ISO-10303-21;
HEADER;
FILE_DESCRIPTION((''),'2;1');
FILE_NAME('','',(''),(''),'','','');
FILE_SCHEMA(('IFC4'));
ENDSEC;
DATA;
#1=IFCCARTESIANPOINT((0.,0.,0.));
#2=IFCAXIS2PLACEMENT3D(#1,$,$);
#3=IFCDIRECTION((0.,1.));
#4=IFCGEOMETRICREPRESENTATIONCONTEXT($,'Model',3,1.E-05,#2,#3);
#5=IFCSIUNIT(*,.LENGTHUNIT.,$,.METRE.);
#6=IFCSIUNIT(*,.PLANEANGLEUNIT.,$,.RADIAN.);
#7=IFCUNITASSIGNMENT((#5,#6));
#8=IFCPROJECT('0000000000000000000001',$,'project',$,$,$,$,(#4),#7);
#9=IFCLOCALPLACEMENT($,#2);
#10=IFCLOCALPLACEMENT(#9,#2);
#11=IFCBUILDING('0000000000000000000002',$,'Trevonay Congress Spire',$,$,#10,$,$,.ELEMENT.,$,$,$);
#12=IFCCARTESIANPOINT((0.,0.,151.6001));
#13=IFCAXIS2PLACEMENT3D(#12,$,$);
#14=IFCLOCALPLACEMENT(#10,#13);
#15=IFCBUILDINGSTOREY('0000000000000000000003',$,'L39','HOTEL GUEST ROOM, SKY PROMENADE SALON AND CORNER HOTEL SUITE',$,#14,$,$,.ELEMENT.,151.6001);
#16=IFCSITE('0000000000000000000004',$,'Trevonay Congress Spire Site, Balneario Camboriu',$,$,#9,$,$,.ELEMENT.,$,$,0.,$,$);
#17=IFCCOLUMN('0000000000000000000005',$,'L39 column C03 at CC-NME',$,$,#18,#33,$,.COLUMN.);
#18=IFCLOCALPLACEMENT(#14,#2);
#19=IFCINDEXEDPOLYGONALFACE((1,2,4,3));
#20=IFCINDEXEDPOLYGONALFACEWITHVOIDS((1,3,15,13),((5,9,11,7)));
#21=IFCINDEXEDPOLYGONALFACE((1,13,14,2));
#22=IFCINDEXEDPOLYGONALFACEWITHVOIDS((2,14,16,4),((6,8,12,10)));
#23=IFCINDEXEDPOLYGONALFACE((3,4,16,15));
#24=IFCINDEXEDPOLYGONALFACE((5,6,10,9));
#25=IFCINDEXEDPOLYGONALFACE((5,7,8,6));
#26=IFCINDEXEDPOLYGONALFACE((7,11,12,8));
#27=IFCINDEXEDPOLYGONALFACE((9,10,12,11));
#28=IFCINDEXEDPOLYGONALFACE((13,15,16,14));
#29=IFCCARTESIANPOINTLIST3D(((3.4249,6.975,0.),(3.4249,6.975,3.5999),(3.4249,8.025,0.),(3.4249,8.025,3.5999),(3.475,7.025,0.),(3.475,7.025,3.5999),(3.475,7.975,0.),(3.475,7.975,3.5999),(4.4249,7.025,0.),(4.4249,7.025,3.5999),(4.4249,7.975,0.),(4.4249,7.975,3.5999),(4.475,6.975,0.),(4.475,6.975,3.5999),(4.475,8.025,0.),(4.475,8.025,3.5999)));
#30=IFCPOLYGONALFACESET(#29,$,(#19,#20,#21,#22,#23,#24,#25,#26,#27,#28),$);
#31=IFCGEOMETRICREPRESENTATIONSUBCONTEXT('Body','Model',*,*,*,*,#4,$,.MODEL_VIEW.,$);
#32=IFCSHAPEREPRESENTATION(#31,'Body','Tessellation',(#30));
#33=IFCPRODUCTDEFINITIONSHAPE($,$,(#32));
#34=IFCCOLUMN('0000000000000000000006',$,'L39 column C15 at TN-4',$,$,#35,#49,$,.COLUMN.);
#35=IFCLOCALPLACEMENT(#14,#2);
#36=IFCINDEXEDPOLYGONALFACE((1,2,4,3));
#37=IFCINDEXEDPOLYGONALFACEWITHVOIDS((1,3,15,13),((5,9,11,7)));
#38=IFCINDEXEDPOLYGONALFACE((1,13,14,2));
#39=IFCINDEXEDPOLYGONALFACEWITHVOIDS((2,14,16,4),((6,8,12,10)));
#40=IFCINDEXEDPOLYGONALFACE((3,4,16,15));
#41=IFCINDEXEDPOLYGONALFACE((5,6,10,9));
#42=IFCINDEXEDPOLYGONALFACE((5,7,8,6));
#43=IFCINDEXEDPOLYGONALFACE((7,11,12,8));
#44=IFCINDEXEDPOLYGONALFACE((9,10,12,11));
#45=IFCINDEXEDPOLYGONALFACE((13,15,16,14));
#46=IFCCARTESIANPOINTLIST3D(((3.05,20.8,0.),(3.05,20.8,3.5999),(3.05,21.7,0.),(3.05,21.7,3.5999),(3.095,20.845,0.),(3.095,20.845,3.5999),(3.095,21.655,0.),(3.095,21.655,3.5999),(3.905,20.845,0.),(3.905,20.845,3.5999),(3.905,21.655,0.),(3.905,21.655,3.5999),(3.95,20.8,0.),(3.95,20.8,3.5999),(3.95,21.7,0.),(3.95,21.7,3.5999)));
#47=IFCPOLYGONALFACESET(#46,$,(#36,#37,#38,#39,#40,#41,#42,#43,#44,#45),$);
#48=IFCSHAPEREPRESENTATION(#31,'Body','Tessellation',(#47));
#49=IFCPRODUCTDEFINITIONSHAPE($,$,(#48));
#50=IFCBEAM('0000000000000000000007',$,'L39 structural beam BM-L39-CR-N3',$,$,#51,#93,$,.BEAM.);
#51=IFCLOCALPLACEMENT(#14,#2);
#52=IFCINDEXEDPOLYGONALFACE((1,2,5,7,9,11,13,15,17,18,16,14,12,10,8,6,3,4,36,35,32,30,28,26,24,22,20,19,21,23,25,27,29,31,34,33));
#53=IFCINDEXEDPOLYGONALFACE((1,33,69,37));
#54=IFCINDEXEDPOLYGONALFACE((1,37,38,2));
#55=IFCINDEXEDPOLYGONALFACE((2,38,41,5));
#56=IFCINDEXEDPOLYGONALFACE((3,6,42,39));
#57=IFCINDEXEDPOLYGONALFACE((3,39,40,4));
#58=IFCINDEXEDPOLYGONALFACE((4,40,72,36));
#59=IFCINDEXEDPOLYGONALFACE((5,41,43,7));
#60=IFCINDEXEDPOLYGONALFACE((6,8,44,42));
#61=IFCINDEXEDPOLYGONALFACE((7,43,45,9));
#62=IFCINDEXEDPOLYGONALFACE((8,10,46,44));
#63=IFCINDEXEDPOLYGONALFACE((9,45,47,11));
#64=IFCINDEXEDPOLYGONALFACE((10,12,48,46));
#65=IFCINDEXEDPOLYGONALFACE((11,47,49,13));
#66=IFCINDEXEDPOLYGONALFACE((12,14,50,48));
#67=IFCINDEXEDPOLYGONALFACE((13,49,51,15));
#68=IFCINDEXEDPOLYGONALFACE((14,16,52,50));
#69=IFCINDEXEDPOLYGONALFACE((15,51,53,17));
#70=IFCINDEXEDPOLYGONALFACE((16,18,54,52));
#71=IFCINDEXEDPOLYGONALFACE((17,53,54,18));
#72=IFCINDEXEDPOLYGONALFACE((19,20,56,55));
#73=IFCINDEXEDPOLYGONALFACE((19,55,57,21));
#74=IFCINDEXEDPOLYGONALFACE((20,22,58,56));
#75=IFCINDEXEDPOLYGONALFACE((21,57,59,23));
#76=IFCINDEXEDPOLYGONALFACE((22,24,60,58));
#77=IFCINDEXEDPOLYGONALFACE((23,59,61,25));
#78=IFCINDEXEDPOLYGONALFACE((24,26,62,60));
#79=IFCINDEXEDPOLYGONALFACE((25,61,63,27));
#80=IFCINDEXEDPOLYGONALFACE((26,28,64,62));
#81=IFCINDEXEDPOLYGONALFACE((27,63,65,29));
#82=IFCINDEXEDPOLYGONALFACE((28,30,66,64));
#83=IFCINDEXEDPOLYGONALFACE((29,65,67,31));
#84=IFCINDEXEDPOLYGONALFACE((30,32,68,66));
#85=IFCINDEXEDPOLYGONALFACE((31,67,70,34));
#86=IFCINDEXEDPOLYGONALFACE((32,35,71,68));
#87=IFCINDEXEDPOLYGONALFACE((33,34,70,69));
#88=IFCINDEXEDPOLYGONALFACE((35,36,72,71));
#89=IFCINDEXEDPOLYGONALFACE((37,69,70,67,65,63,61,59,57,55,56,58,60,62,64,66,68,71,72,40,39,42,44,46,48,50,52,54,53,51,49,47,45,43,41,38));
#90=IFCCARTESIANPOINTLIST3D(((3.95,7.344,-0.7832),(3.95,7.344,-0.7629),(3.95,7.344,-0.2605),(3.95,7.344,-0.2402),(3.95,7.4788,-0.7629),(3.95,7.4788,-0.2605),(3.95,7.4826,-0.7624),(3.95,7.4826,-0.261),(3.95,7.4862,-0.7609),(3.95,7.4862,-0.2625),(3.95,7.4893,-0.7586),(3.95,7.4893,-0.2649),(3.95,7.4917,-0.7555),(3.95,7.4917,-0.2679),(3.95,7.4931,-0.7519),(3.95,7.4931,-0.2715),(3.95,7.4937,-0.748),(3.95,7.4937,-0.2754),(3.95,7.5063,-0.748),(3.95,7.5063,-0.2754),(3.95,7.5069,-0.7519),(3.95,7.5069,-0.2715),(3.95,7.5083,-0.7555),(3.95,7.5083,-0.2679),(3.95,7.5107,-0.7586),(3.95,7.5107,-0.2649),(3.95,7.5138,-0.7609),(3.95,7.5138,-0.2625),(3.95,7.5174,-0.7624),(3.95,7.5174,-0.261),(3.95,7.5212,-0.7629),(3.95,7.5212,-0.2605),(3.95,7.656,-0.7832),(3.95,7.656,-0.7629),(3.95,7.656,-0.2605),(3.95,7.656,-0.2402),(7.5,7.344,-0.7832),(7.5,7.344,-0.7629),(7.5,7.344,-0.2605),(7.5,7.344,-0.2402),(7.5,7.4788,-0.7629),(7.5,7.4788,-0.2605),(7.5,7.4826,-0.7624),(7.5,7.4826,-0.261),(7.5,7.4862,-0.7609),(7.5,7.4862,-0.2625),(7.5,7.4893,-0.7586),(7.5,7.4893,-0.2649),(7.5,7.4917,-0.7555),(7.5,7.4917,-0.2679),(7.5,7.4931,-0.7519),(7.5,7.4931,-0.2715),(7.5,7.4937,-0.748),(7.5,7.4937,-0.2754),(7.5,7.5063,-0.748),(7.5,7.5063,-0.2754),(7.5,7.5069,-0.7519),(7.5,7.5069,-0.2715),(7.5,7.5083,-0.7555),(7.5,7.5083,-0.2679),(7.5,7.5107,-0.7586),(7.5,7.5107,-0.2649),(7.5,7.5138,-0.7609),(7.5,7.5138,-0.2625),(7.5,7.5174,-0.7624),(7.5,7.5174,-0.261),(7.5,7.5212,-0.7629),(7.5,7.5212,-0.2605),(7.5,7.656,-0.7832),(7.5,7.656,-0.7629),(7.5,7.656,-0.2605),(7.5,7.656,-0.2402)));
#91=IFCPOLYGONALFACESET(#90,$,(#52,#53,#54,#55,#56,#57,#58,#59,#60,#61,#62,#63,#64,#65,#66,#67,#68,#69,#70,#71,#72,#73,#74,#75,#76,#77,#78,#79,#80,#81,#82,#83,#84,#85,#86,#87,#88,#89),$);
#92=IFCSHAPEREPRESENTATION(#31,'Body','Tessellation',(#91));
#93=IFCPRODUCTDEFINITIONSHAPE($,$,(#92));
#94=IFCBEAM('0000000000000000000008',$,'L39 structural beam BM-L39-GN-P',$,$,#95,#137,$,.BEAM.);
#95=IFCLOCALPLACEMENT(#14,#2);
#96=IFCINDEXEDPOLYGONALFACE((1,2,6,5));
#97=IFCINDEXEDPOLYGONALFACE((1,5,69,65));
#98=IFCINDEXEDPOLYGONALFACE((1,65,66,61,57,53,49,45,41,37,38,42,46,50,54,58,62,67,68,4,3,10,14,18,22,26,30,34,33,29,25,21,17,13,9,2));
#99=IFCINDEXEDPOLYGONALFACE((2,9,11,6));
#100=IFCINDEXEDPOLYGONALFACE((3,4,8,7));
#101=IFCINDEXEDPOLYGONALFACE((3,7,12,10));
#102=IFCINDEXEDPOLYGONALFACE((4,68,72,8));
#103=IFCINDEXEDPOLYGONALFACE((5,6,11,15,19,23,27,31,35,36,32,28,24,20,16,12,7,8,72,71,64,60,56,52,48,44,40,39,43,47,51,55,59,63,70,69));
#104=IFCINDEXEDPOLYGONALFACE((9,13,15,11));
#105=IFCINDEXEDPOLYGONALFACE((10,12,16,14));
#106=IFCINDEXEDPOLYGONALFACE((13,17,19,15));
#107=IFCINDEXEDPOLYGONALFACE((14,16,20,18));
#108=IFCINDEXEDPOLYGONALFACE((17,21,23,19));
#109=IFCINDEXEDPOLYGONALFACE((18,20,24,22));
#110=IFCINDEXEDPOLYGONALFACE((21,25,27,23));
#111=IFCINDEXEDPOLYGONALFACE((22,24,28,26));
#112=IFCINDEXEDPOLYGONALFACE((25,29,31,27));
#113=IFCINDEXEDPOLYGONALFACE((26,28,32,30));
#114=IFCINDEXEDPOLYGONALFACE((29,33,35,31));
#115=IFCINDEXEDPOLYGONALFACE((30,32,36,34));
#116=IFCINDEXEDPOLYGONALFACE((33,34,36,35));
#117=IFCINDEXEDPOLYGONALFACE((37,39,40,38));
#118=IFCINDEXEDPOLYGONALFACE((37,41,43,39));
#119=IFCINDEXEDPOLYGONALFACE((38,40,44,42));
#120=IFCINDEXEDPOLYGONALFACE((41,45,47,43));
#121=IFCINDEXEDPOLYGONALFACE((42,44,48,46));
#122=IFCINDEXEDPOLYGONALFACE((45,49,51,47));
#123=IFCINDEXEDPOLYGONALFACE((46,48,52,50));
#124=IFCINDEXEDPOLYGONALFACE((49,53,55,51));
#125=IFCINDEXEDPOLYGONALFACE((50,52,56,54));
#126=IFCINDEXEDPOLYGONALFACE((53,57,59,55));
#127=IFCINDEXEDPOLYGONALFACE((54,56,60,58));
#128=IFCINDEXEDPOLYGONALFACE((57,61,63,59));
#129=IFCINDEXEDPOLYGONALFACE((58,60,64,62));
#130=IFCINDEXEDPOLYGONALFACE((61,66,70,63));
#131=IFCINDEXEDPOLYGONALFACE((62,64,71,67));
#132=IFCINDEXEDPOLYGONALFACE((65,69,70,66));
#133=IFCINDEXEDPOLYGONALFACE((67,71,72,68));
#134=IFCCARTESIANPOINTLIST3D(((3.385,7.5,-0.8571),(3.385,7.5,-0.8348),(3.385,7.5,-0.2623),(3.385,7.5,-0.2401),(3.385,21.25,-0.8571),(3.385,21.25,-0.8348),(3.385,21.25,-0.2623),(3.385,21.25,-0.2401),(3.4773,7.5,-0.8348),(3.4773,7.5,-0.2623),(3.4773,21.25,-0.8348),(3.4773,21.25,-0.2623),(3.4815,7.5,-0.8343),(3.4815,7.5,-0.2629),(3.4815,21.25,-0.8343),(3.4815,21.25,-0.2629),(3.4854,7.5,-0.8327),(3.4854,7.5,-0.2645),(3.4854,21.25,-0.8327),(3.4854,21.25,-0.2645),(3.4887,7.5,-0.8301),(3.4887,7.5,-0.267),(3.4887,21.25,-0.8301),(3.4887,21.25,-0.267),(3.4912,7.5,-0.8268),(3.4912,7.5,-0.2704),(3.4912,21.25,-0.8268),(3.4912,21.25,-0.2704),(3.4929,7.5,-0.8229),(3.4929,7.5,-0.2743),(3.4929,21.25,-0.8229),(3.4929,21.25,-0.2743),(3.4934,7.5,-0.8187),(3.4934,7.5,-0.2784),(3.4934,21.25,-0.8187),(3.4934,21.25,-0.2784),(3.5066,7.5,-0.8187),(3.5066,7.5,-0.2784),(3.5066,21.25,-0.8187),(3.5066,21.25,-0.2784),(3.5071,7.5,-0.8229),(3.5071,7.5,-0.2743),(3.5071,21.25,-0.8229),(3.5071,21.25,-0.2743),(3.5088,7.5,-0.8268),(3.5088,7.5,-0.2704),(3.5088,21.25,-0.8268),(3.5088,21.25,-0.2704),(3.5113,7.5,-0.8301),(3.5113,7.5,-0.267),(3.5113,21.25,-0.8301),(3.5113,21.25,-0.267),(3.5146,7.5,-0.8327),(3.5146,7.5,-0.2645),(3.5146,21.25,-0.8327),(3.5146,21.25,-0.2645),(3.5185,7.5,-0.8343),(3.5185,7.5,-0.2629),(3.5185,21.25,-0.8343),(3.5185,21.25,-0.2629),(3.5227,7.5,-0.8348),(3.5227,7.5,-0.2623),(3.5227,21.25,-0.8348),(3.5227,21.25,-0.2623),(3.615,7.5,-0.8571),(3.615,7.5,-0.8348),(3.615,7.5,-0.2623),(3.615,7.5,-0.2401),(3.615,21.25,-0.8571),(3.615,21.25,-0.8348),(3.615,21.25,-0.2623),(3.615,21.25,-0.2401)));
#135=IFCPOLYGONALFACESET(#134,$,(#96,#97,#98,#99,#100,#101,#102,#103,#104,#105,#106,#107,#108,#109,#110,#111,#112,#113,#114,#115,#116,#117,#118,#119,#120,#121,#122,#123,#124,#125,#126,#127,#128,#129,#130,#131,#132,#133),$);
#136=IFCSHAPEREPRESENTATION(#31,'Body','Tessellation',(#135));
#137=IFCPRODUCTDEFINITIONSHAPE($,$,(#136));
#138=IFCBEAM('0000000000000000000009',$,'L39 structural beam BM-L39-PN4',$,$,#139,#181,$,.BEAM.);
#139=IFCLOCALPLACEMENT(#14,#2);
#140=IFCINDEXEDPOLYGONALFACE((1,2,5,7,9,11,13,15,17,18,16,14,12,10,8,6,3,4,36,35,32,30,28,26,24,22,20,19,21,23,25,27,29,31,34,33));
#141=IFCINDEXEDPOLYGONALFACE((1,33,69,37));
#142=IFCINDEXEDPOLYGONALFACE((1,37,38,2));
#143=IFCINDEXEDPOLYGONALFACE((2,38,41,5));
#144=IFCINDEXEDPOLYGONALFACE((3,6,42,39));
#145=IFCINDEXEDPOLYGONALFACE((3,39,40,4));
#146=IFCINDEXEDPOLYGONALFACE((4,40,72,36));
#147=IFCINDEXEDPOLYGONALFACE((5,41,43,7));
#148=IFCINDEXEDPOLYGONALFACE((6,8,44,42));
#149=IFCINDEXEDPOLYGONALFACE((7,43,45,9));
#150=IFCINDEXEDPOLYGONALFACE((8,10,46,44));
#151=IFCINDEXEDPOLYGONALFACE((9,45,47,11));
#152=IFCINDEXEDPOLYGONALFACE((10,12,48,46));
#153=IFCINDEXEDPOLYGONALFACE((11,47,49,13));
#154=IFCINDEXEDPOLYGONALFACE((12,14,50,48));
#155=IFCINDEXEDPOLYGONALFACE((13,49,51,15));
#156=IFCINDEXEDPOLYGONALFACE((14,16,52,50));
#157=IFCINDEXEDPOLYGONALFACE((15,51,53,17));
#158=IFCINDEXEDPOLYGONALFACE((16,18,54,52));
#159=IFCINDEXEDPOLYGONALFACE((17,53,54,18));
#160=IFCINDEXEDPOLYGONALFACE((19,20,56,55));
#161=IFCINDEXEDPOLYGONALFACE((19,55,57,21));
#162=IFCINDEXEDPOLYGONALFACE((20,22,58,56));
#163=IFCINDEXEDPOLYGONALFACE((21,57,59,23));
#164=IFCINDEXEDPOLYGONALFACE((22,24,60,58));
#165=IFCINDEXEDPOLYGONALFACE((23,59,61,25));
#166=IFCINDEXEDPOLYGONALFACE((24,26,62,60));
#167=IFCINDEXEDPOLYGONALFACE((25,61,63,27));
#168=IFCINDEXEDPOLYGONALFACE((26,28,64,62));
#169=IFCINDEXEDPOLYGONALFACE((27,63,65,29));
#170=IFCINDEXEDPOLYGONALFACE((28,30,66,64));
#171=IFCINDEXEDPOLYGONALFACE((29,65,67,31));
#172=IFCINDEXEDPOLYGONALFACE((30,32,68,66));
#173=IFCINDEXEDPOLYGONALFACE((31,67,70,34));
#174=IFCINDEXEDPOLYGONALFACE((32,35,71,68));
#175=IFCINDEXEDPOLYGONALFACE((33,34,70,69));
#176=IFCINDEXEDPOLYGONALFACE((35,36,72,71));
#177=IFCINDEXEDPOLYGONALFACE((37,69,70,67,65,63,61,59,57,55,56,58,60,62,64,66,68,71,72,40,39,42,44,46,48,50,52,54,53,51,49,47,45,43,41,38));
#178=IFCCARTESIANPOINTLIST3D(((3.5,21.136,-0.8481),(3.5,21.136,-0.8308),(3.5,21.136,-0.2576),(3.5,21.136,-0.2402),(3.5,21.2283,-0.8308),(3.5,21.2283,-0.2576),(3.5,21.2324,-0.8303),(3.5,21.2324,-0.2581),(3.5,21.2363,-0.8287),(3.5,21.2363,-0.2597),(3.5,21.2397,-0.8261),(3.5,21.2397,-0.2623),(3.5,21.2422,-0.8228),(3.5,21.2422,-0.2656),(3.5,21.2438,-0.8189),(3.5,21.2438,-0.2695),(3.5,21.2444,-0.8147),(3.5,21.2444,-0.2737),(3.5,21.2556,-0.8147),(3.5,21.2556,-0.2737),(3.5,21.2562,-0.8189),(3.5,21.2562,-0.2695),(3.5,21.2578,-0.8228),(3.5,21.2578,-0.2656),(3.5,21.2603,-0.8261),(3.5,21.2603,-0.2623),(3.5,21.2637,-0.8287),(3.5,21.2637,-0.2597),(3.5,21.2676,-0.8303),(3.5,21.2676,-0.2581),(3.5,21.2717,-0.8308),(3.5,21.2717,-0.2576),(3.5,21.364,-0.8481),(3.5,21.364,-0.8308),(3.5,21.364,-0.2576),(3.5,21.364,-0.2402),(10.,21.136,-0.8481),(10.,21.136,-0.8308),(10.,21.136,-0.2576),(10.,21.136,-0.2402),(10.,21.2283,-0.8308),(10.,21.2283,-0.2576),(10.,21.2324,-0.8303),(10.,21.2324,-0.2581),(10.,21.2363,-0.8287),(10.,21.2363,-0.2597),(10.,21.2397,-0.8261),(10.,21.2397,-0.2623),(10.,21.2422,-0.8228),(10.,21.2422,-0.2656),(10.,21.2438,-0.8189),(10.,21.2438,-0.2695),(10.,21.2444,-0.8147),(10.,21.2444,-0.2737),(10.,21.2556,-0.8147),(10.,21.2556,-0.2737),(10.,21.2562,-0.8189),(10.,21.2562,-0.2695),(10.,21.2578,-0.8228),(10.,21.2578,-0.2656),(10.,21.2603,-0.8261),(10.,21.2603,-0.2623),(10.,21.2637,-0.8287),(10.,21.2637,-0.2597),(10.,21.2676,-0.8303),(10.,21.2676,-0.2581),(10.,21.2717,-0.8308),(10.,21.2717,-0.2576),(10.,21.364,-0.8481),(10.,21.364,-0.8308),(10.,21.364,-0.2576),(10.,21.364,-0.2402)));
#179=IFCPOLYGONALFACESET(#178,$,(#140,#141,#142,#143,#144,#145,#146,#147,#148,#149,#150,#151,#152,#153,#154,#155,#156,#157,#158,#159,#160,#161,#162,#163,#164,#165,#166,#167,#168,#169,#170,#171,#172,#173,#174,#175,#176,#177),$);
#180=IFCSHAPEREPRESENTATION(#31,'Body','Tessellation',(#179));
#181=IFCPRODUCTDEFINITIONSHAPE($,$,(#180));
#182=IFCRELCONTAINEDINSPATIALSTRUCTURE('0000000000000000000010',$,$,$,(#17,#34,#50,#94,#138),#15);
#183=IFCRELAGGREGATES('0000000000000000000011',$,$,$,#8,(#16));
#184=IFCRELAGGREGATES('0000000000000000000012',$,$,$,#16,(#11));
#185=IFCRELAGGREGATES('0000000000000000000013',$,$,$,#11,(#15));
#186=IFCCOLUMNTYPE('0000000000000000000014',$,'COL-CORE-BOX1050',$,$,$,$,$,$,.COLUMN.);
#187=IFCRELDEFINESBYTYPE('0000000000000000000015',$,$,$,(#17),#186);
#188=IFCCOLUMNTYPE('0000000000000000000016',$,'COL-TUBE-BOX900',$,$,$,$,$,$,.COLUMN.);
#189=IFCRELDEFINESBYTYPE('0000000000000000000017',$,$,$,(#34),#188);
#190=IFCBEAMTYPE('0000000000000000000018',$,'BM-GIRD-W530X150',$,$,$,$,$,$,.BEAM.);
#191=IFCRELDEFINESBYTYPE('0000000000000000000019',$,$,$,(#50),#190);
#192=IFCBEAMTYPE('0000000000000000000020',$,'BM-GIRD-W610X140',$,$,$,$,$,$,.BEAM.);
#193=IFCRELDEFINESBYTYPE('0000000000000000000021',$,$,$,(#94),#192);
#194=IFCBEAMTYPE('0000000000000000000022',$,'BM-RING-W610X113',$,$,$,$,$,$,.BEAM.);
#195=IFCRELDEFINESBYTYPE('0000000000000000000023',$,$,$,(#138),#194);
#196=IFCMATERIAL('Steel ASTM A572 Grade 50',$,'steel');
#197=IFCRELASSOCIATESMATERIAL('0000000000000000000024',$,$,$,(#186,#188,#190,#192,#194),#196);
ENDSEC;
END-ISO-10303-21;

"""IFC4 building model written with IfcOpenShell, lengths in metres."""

from ifc_helpers import new_model, si_unit, direction, frame, origin, origin_2d, place, context, subcontext, project, spatial, hollow_rectangle, i_section, extrude, material, material_profile, profile_set, type_object, element, save


model = new_model("IFC4")

# Units and contexts
model_context = context("Model", 3, precision=1e-05, world=origin(), true_north=direction((0.0, 1.0)))
body_context = subcontext(model_context, "Body", "Model", "MODEL_VIEW")
ifc_project = project(units=[si_unit("LENGTHUNIT", "METRE"), si_unit("PLANEANGLEUNIT", "RADIAN")], contexts=[model_context])

# Site, building, storey
site_placement = place(None, origin())
site = spatial("IfcSite", under=ifc_project, at=site_placement, Name="Trevonay Congress Spire Site, Balneario Camboriu", CompositionType="ELEMENT", RefElevation=0.0)
building_placement = place(site_placement, origin())
building = spatial("IfcBuilding", under=site, at=building_placement, Name="Trevonay Congress Spire", CompositionType="ELEMENT")
storey_placement = place(building_placement, frame((0.0, 0.0, 151.6001)))
storey = spatial("IfcBuildingStorey", under=building, at=storey_placement, Name="L39", Description="HOTEL GUEST ROOM, SKY PROMENADE SALON AND CORNER HOTEL SUITE", CompositionType="ELEMENT", Elevation=151.6001)

# Columns
ifc_material_1 = material(Name="Steel ASTM A572 Grade 50", Category="steel")
ifc_material_profile_1 = material_profile(ifc_material_1, hollow_rectangle(XDim=1.05, YDim=1.05, WallThickness=0.05, at=origin_2d()), Name="BOX 1050x1050x50")
ifc_profile_set_1 = profile_set([ifc_material_profile_1], Name="Steel ASTM A572 Grade 50")
column_type_1 = type_object("IfcColumnType", Name="COL-CORE-BOX1050", PredefinedType="COLUMN", material=ifc_profile_set_1)
column_1_placement = place(storey_placement, frame((3.95, 7.5, 0.0), z_axis=(0.0, 0.0, 1.0), x_axis=(1.0, 0.0, 0.0)))
element("IfcColumn", 1, at=column_1_placement, inside=storey, type_object=column_type_1, Name="L39 column C03 at CC-NME", PredefinedType="COLUMN", context=body_context, shape_type="SweptSolid", body=[
    extrude(hollow_rectangle(XDim=1.05, YDim=1.05, WallThickness=0.05, at=origin_2d()), origin(), (0.0, 0.0, 1.0), 3.5999),
])
ifc_material_profile_2 = material_profile(ifc_material_1, hollow_rectangle(XDim=0.8999, YDim=0.8999, WallThickness=0.0449, at=origin_2d()), Name="BOX 900x900x45")
ifc_profile_set_2 = profile_set([ifc_material_profile_2], Name="Steel ASTM A572 Grade 50")
column_type_2 = type_object("IfcColumnType", Name="COL-TUBE-BOX900", PredefinedType="COLUMN", material=ifc_profile_set_2)
column_2_placement = place(storey_placement, frame((3.5, 21.25, 0.0), z_axis=(0.0, 0.0, 1.0), x_axis=(1.0, 0.0, 0.0)))
element("IfcColumn", 2, at=column_2_placement, inside=storey, type_object=column_type_2, Name="L39 column C15 at TN-4", PredefinedType="COLUMN", context=body_context, shape_type="SweptSolid", body=[
    extrude(hollow_rectangle(XDim=0.8999, YDim=0.8999, WallThickness=0.0449, at=origin_2d()), origin(), (0.0, 0.0, 1.0), 3.5999),
])

# Beams
ifc_material_profile_3 = material_profile(ifc_material_1, i_section(OverallWidth=0.312, OverallDepth=0.543, WebThickness=0.0127, FlangeThickness=0.0203, FilletRadius=0.0149, at=origin_2d()), Name="W530x150")
ifc_profile_set_3 = profile_set([ifc_material_profile_3], Name="Steel ASTM A572 Grade 50")
beam_type_1 = type_object("IfcBeamType", Name="BM-GIRD-W530X150", PredefinedType="BEAM", material=ifc_profile_set_3)
beam_1_placement = place(storey_placement, frame((3.95, 7.5, -0.5117), z_axis=(1.0, 0.0, 0.0), x_axis=(0.0, 1.0, 0.0)))
element("IfcBeam", 3, at=beam_1_placement, inside=storey, type_object=beam_type_1, Name="L39 structural beam BM-L39-CR-N3", PredefinedType="BEAM", context=body_context, shape_type="SweptSolid", body=[
    extrude(i_section(OverallWidth=0.312, OverallDepth=0.543, WebThickness=0.0127, FlangeThickness=0.0203, FilletRadius=0.0149, at=origin_2d()), origin(), (0.0, 0.0, 1.0), 3.55),
])
ifc_material_profile_4 = material_profile(ifc_material_1, i_section(OverallWidth=0.23, OverallDepth=0.6169, WebThickness=0.0132, FlangeThickness=0.0222, FilletRadius=0.0161, at=origin_2d()), Name="W610x140")
ifc_profile_set_4 = profile_set([ifc_material_profile_4], Name="Steel ASTM A572 Grade 50")
beam_type_2 = type_object("IfcBeamType", Name="BM-GIRD-W610X140", PredefinedType="BEAM", material=ifc_profile_set_4)
beam_2_placement = place(storey_placement, frame((3.5, 7.5, -0.5486), z_axis=(0.0, 1.0, 0.0), x_axis=(-1.0, 0.0, 0.0)))
element("IfcBeam", 4, at=beam_2_placement, inside=storey, type_object=beam_type_2, Name="L39 structural beam BM-L39-GN-P", PredefinedType="BEAM", context=body_context, shape_type="SweptSolid", body=[
    extrude(i_section(OverallWidth=0.23, OverallDepth=0.6169, WebThickness=0.0132, FlangeThickness=0.0222, FilletRadius=0.0161, at=origin_2d()), origin(), (0.0, 0.0, 1.0), 13.75),
])
ifc_material_profile_5 = material_profile(ifc_material_1, i_section(OverallWidth=0.228, OverallDepth=0.6079, WebThickness=0.0112, FlangeThickness=0.0173, FilletRadius=0.0161, at=origin_2d()), Name="W610x113")
ifc_profile_set_5 = profile_set([ifc_material_profile_5], Name="Steel ASTM A572 Grade 50")
beam_type_3 = type_object("IfcBeamType", Name="BM-RING-W610X113", PredefinedType="BEAM", material=ifc_profile_set_5)
beam_3_placement = place(storey_placement, frame((3.5, 21.25, -0.5442), z_axis=(1.0, 0.0, 0.0), x_axis=(0.0, 1.0, 0.0)))
element("IfcBeam", 5, at=beam_3_placement, inside=storey, type_object=beam_type_3, Name="L39 structural beam BM-L39-PN4", PredefinedType="BEAM", context=body_context, shape_type="SweptSolid", body=[
    extrude(i_section(OverallWidth=0.228, OverallDepth=0.6079, WebThickness=0.0112, FlangeThickness=0.0173, FilletRadius=0.0161, at=origin_2d()), origin(), (0.0, 0.0, 1.0), 6.5),
])

save(model, "model.ifc")
